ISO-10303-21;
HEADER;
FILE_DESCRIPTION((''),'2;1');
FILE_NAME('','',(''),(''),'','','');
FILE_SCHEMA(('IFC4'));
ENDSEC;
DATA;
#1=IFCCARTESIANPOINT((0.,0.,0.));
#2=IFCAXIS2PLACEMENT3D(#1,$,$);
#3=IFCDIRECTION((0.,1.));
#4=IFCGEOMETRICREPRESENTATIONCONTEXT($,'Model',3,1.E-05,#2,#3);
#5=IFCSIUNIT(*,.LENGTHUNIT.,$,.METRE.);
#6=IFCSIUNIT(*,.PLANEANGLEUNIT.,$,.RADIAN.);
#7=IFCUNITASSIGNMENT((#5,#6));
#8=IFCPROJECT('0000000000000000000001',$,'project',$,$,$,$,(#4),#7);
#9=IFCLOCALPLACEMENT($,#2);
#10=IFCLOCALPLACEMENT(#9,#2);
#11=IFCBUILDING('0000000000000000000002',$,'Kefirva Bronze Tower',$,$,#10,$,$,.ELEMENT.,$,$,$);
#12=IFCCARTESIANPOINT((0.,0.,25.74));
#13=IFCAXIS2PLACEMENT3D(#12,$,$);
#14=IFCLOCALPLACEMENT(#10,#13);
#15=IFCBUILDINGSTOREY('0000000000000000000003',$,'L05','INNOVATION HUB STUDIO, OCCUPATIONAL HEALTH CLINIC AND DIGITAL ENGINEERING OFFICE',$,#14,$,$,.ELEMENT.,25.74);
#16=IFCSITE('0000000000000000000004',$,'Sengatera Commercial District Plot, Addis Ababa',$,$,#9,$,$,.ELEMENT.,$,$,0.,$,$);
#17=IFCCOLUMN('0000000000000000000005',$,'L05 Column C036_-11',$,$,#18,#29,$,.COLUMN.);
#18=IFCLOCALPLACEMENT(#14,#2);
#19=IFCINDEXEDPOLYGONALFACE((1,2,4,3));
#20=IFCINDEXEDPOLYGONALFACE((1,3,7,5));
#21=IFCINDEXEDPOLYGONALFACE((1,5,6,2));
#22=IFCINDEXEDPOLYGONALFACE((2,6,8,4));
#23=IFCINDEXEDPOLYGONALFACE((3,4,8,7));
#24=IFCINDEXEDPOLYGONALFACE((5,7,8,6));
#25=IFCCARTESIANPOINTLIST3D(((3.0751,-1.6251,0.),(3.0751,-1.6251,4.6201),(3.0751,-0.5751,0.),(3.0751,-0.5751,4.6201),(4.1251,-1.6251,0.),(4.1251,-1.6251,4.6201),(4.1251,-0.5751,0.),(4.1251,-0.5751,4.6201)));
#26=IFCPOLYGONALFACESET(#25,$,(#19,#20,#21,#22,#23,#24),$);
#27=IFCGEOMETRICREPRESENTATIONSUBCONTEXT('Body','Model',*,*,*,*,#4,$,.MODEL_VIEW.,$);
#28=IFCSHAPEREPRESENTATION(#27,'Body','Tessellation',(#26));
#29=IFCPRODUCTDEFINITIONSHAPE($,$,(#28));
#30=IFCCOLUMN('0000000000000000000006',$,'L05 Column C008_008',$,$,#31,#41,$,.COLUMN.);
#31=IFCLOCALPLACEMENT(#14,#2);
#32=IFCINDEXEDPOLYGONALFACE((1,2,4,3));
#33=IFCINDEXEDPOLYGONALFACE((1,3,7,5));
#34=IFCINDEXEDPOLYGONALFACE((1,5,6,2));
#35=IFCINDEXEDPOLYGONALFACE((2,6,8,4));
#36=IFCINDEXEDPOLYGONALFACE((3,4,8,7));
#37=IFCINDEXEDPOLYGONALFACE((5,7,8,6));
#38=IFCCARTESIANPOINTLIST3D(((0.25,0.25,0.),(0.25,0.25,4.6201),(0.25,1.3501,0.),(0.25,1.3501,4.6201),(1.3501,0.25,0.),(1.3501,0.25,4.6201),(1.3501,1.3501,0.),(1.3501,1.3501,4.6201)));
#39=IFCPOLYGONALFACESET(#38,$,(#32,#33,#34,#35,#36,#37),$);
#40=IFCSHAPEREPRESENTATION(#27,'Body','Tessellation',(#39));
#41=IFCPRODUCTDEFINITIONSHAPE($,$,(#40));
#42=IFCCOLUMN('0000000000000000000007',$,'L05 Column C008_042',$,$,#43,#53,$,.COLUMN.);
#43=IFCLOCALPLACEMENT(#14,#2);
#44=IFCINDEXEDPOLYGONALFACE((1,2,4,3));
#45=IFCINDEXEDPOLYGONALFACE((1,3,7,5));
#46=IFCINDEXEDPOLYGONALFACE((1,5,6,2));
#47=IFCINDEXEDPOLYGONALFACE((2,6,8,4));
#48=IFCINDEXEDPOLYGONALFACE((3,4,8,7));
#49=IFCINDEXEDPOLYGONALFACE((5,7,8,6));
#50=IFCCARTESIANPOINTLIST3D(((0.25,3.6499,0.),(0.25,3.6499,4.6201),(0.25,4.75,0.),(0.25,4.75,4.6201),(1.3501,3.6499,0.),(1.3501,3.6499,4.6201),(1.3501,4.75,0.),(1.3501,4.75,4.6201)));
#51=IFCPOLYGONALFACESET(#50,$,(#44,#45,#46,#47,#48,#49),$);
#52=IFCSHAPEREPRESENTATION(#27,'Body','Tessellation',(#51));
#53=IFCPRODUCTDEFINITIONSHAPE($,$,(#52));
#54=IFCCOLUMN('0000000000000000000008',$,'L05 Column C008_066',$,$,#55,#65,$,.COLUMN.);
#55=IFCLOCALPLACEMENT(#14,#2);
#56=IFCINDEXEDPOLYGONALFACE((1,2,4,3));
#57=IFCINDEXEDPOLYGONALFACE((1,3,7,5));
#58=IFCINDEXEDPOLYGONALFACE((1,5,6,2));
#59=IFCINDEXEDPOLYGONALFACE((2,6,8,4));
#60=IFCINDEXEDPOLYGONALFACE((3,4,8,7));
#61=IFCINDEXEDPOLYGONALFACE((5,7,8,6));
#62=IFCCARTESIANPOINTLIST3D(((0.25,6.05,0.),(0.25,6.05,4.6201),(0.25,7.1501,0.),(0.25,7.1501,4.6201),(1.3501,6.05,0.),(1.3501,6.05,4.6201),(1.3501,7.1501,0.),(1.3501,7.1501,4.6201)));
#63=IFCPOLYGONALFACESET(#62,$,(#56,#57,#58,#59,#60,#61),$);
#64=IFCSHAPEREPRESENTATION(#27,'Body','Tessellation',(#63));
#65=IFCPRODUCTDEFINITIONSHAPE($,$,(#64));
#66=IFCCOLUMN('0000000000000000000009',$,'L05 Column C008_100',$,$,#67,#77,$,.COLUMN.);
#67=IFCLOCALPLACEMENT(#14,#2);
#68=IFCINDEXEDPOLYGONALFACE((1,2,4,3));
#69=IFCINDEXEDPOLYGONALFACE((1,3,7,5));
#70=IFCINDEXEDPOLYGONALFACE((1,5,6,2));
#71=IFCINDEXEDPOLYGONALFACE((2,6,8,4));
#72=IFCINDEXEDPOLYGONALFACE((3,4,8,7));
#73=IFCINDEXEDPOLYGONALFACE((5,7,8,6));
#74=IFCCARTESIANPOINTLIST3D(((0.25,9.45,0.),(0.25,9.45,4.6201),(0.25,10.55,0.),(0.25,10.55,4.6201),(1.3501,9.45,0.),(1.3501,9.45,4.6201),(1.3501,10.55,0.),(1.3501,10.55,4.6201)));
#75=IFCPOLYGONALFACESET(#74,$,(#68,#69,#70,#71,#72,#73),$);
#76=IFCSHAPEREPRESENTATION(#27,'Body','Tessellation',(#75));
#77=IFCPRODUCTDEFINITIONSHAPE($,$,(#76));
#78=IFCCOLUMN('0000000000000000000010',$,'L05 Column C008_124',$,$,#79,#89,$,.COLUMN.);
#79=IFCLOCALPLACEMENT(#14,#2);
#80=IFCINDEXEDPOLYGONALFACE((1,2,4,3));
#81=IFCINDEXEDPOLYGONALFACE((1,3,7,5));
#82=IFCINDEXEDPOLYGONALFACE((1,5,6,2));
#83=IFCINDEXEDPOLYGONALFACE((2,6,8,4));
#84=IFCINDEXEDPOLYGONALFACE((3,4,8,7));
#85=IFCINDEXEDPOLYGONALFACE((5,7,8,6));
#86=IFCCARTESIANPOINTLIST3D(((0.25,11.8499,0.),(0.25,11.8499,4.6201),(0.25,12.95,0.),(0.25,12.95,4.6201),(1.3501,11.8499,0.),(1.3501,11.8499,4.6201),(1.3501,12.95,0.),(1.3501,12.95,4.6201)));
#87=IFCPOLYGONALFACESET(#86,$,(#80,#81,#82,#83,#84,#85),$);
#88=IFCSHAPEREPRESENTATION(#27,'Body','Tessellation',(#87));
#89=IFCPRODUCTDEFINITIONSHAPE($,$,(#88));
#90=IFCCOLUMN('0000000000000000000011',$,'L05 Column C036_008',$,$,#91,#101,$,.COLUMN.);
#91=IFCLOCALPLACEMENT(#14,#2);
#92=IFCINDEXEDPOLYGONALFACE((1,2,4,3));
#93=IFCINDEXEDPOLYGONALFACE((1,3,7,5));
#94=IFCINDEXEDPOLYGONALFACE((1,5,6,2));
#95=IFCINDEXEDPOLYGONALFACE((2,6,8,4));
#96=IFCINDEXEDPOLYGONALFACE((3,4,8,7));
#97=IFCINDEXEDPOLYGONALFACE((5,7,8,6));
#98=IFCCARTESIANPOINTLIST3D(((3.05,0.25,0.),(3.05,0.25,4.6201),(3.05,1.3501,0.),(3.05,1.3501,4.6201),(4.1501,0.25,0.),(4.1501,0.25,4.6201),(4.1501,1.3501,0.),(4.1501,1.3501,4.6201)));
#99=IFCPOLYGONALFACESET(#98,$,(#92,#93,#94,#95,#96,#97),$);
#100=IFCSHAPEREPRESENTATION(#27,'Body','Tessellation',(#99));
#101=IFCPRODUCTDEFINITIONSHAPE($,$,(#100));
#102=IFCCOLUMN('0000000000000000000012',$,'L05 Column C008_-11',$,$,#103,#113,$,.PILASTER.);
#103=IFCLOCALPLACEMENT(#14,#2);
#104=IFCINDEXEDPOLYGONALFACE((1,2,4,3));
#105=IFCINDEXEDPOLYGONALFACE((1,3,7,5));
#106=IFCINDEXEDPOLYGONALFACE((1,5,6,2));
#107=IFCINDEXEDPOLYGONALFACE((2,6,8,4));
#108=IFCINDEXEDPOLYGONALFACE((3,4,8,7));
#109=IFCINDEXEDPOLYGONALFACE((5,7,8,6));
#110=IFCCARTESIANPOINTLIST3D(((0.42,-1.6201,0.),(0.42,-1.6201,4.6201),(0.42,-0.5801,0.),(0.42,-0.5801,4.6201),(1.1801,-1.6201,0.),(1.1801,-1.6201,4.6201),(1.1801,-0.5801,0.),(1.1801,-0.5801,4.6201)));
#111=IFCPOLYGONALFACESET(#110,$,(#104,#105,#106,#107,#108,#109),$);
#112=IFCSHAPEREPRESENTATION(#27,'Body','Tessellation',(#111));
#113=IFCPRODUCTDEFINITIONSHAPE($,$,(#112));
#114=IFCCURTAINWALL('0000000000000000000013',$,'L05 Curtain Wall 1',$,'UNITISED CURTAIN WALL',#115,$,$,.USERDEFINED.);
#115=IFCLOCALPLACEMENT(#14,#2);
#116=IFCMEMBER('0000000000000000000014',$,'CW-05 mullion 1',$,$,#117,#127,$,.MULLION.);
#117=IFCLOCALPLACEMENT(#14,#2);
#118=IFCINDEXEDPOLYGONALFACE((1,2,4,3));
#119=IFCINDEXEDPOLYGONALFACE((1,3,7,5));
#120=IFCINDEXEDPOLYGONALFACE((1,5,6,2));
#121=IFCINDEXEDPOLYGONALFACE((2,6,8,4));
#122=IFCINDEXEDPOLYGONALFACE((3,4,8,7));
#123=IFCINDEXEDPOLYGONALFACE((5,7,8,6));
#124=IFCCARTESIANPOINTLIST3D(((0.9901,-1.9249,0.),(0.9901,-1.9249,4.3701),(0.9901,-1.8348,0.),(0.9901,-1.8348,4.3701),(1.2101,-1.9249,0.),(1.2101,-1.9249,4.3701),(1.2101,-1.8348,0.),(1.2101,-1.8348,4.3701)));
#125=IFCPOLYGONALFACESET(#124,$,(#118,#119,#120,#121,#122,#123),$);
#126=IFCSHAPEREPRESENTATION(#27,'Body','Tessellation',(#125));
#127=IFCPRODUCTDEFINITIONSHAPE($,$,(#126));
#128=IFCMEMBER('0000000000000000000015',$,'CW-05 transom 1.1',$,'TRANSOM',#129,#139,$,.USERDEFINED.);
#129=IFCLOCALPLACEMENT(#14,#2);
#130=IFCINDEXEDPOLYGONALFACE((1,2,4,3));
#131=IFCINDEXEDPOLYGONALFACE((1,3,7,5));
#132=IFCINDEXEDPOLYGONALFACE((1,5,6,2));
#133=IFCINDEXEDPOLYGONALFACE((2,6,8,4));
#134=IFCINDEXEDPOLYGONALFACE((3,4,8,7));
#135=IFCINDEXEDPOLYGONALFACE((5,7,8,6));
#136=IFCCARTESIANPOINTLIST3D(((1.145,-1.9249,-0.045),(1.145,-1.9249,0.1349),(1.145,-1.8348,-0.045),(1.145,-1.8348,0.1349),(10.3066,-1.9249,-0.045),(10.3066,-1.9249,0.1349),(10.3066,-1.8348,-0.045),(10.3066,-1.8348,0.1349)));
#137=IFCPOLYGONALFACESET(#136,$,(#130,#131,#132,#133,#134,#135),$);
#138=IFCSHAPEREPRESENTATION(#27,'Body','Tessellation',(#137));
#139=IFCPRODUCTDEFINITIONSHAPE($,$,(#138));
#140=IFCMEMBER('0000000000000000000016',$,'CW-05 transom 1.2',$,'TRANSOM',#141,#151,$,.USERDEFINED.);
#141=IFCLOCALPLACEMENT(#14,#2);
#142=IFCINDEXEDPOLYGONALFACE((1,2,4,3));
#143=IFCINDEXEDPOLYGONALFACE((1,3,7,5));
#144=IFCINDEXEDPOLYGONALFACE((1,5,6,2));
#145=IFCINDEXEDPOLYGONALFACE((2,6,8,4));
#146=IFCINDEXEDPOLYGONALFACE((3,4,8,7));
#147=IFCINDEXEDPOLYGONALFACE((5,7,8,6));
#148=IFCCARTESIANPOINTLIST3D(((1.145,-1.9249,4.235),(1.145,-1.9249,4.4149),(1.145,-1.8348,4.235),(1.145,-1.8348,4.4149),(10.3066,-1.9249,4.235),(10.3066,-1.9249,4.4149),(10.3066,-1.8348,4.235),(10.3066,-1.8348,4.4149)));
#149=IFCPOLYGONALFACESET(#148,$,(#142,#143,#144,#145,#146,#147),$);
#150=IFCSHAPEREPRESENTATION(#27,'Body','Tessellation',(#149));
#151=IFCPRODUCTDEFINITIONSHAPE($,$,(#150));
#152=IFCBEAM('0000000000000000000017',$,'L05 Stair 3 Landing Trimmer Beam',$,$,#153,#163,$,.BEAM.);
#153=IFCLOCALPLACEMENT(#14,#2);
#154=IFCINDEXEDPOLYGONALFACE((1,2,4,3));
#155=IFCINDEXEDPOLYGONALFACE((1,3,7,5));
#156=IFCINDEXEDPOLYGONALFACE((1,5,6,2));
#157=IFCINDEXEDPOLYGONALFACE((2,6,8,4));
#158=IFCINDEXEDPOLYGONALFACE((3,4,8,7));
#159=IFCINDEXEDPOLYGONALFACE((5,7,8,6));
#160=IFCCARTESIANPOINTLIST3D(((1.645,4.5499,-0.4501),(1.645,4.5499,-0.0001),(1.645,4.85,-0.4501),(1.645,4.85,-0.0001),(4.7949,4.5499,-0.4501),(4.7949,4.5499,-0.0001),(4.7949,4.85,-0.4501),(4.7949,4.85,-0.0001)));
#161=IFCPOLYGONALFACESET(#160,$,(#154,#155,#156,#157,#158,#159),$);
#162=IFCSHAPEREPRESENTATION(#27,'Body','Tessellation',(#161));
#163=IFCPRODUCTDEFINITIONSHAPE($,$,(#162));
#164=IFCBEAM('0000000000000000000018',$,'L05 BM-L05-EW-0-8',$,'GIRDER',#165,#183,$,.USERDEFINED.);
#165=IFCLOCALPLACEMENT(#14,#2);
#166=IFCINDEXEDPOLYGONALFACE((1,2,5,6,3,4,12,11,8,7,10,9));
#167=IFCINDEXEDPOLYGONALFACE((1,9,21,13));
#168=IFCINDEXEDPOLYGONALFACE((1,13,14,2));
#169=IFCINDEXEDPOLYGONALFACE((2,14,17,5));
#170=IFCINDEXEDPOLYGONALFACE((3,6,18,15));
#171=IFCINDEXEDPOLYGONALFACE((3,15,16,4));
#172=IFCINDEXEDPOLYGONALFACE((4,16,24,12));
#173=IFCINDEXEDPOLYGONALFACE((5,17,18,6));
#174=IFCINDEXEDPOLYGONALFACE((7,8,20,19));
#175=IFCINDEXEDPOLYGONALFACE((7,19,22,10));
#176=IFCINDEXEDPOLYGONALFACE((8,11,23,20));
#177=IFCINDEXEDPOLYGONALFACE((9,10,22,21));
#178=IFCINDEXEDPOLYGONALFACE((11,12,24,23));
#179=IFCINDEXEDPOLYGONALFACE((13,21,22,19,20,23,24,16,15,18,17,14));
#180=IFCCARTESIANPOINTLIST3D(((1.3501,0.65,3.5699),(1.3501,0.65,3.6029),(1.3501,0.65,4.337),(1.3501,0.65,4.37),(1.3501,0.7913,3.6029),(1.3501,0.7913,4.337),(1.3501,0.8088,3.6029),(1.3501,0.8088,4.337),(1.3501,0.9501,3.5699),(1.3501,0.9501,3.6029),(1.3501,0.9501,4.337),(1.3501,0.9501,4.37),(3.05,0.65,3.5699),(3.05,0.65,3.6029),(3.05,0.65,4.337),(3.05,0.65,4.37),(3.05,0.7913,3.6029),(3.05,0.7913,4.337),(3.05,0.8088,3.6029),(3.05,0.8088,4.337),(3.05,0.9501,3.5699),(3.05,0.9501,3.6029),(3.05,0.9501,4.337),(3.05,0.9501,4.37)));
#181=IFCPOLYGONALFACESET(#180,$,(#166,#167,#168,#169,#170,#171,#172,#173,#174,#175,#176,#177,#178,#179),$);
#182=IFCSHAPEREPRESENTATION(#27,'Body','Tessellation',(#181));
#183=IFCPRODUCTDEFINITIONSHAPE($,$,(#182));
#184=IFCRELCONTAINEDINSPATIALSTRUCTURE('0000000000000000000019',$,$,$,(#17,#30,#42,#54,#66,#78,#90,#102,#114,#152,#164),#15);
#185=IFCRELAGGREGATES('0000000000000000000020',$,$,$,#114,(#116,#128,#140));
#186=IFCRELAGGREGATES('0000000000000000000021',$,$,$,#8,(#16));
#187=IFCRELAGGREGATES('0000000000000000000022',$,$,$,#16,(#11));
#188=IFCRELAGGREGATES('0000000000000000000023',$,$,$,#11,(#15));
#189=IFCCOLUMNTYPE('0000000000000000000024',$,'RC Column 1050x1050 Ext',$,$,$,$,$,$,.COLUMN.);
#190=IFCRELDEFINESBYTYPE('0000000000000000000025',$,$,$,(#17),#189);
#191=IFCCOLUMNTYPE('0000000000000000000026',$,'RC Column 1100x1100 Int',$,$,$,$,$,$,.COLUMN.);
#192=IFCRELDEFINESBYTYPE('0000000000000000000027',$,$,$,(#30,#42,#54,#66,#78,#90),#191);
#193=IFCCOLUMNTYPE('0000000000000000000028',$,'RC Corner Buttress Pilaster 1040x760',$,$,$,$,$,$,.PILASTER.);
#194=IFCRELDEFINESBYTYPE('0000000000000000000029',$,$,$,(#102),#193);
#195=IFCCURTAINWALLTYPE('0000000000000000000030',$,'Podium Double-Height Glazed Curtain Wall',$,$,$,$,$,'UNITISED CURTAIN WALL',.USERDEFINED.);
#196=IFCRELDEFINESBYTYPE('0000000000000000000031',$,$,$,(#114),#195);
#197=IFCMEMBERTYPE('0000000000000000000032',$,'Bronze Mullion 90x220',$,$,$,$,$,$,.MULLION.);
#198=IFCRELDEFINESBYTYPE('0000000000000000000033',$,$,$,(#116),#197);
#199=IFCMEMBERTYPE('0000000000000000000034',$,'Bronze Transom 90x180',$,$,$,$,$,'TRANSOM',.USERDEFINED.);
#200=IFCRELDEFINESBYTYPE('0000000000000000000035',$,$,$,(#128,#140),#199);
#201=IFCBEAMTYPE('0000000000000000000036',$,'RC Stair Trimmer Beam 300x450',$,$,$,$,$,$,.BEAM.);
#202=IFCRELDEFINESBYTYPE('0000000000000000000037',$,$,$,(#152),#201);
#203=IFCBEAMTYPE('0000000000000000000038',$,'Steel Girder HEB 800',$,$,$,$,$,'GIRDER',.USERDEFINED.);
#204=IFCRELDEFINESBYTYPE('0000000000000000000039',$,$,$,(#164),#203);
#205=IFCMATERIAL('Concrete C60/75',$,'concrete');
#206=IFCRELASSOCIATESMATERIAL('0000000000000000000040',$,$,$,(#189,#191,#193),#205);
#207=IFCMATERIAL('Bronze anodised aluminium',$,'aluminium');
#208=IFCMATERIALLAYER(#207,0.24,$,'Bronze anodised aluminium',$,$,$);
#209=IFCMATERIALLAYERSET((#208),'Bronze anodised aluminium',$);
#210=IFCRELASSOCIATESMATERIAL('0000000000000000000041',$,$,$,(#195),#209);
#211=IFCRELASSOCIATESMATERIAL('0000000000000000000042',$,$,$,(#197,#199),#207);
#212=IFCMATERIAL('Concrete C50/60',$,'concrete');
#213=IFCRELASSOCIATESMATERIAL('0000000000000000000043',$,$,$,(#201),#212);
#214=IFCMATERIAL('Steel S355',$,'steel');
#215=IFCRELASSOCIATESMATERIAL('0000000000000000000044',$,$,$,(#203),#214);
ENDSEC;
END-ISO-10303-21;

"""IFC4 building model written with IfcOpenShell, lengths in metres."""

from ifc_helpers import new_model, si_unit, direction, frame, origin, origin_2d, place, context, subcontext, project, spatial, rectangle, i_section, extrude, material, layer, layer_set, material_profile, profile_set, type_object, element, aggregate, save


model = new_model("IFC4")

# Units and contexts
model_context = context("Model", 3, precision=1e-05, world=origin(), true_north=direction((0.0, 1.0)))
body_context = subcontext(model_context, "Body", "Model", "MODEL_VIEW")
ifc_project = project(units=[si_unit("LENGTHUNIT", "METRE"), si_unit("PLANEANGLEUNIT", "RADIAN")], contexts=[model_context])

# Site, building, storey
site_placement = place(None, origin())
site = spatial("IfcSite", under=ifc_project, at=site_placement, Name="Sengatera Commercial District Plot, Addis Ababa", CompositionType="ELEMENT", RefElevation=0.0)
building_placement = place(site_placement, origin())
building = spatial("IfcBuilding", under=site, at=building_placement, Name="Kefirva Bronze Tower", CompositionType="ELEMENT")
storey_placement = place(building_placement, frame((0.0, 0.0, 25.74)))
storey = spatial("IfcBuildingStorey", under=building, at=storey_placement, Name="L05", Description="INNOVATION HUB STUDIO, OCCUPATIONAL HEALTH CLINIC AND DIGITAL ENGINEERING OFFICE", CompositionType="ELEMENT", Elevation=25.74)

# Columns
ifc_material_1 = material(Name="Concrete C60/75", Category="concrete")
ifc_material_profile_1 = material_profile(ifc_material_1, rectangle(XDim=1.05, YDim=1.05, at=origin_2d()), Name="RC 1050x1050")
ifc_profile_set_1 = profile_set([ifc_material_profile_1], Name="Concrete C60/75")
column_type_1 = type_object("IfcColumnType", Name="RC Column 1050x1050 Ext", PredefinedType="COLUMN", material=ifc_profile_set_1)
column_1_placement = place(storey_placement, frame((3.6001, -1.1001, 0.0), z_axis=(0.0, 0.0, 1.0), x_axis=(1.0, 0.0, 0.0)))
element("IfcColumn", 1, at=column_1_placement, inside=storey, type_object=column_type_1, Name="L05 Column C036_-11", PredefinedType="COLUMN", context=body_context, shape_type="SweptSolid", body=[
    extrude(rectangle(XDim=1.05, YDim=1.05, at=origin_2d()), origin(), (0.0, 0.0, 1.0), 4.6201),
])
ifc_material_profile_2 = material_profile(ifc_material_1, rectangle(XDim=1.1001, YDim=1.1001, at=origin_2d()), Name="RC 1100x1100")
ifc_profile_set_2 = profile_set([ifc_material_profile_2], Name="Concrete C60/75")
column_type_2 = type_object("IfcColumnType", Name="RC Column 1100x1100 Int", PredefinedType="COLUMN", material=ifc_profile_set_2)
for number, where, z_axis, x_axis, name in (
    (2, (0.8, 0.8, 0.0), (0.0, 0.0, 1.0), (1.0, 0.0, 0.0), "L05 Column C008_008"),
    (3, (0.8, 4.2, 0.0), (0.0, 0.0, 1.0), (1.0, 0.0, 0.0), "L05 Column C008_042"),
    (4, (0.8, 6.6001, 0.0), (0.0, 0.0, 1.0), (1.0, 0.0, 0.0), "L05 Column C008_066"),
    (5, (0.8, 10.0, 0.0), (0.0, 0.0, 1.0), (1.0, 0.0, 0.0), "L05 Column C008_100"),
    (6, (0.8, 12.3999, 0.0), (0.0, 0.0, 1.0), (1.0, 0.0, 0.0), "L05 Column C008_124"),
    (7, (3.6001, 0.8, 0.0), (0.0, 0.0, 1.0), (1.0, 0.0, 0.0), "L05 Column C036_008"),
):
    element("IfcColumn", number, at=place(storey_placement, frame(where, z_axis=z_axis, x_axis=x_axis)), inside=storey, type_object=column_type_2, Name=name, PredefinedType="COLUMN", context=body_context, shape_type="SweptSolid", body=[
        extrude(rectangle(XDim=1.1001, YDim=1.1001, at=origin_2d()), origin(), (0.0, 0.0, 1.0), 4.6201),
    ])
ifc_material_profile_3 = material_profile(ifc_material_1, rectangle(XDim=0.76, YDim=1.04, at=origin_2d()), Name="RC 760x1040")
ifc_profile_set_3 = profile_set([ifc_material_profile_3], Name="Concrete C60/75")
column_type_3 = type_object("IfcColumnType", Name="RC Corner Buttress Pilaster 1040x760", PredefinedType="PILASTER", material=ifc_profile_set_3)
column_2_placement = place(storey_placement, frame((0.8, -1.1001, 0.0), z_axis=(0.0, 0.0, 1.0), x_axis=(1.0, 0.0, 0.0)))
element("IfcColumn", 8, at=column_2_placement, inside=storey, type_object=column_type_3, Name="L05 Column C008_-11", PredefinedType="PILASTER", context=body_context, shape_type="SweptSolid", body=[
    extrude(rectangle(XDim=0.76, YDim=1.04, at=origin_2d()), origin(), (0.0, 0.0, 1.0), 4.6201),
])

# Curtain wall, members
ifc_material_2 = material(Name="Bronze anodised aluminium", Category="aluminium")
ifc_layer_1 = layer(ifc_material_2, 0.24, Name="Bronze anodised aluminium")
ifc_layer_set_1 = layer_set([ifc_layer_1], Name="Bronze anodised aluminium")
curtain_wall_type = type_object("IfcCurtainWallType", Name="Podium Double-Height Glazed Curtain Wall", ElementType="UNITISED CURTAIN WALL", PredefinedType="USERDEFINED", material=ifc_layer_set_1)
curtain_wall_placement = place(storey_placement, origin())
curtain_wall = element("IfcCurtainWall", 9, at=curtain_wall_placement, inside=storey, type_object=curtain_wall_type, Name="L05 Curtain Wall 1", ObjectType="UNITISED CURTAIN WALL", PredefinedType="USERDEFINED")
ifc_material_profile_4 = material_profile(ifc_material_2, rectangle(XDim=0.0901, YDim=0.22, at=origin_2d()), Name="ALU 90x220")
ifc_profile_set_4 = profile_set([ifc_material_profile_4], Name="Bronze anodised aluminium")
member_type_1 = type_object("IfcMemberType", Name="Bronze Mullion 90x220", PredefinedType="MULLION", material=ifc_profile_set_4)
member_1_placement = place(storey_placement, frame((1.1001, -1.8799, 0.0), z_axis=(0.0, 0.0, 1.0), x_axis=(0.0, 1.0, 0.0)))
member_1 = element("IfcMember", 10, at=member_1_placement, type_object=member_type_1, Name="CW-05 mullion 1", PredefinedType="MULLION", context=body_context, shape_type="SweptSolid", body=[
    extrude(rectangle(XDim=0.0901, YDim=0.22, at=origin_2d()), origin(), (0.0, 0.0, 1.0), 4.3701),
])
ifc_material_profile_5 = material_profile(ifc_material_2, rectangle(XDim=0.0901, YDim=0.1799, at=origin_2d()), Name="ALU 90x180")
ifc_profile_set_5 = profile_set([ifc_material_profile_5], Name="Bronze anodised aluminium")
member_type_2 = type_object("IfcMemberType", Name="Bronze Transom 90x180", ElementType="TRANSOM", PredefinedType="USERDEFINED", material=ifc_profile_set_5)
member_2_placement = place(storey_placement, frame((1.145, -1.8799, 0.0449), z_axis=(1.0, 0.0, 0.0), x_axis=(0.0, 1.0, 0.0)))
member_2 = element("IfcMember", 11, at=member_2_placement, type_object=member_type_2, Name="CW-05 transom 1.1", ObjectType="TRANSOM", PredefinedType="USERDEFINED", context=body_context, shape_type="SweptSolid", body=[
    extrude(rectangle(XDim=0.0901, YDim=0.1799, at=origin_2d()), origin(), (0.0, 0.0, 1.0), 9.1616),
])
member_3_placement = place(storey_placement, frame((1.145, -1.8799, 4.325), z_axis=(1.0, 0.0, 0.0), x_axis=(0.0, 1.0, 0.0)))
member_3 = element("IfcMember", 12, at=member_3_placement, type_object=member_type_2, Name="CW-05 transom 1.2", ObjectType="TRANSOM", PredefinedType="USERDEFINED", context=body_context, shape_type="SweptSolid", body=[
    extrude(rectangle(XDim=0.0901, YDim=0.1799, at=origin_2d()), origin(), (0.0, 0.0, 1.0), 9.1616),
])
aggregate(curtain_wall, [member_1, member_2, member_3])

# Beams
ifc_material_3 = material(Name="Concrete C50/60", Category="concrete")
ifc_material_profile_6 = material_profile(ifc_material_3, rectangle(XDim=0.3, YDim=0.45, at=origin_2d()), Name="RC 300x450")
ifc_profile_set_6 = profile_set([ifc_material_profile_6], Name="Concrete C50/60")
beam_type_1 = type_object("IfcBeamType", Name="RC Stair Trimmer Beam 300x450", PredefinedType="BEAM", material=ifc_profile_set_6)
beam_1_placement = place(storey_placement, frame((1.645, 4.7, -0.2251), z_axis=(1.0, 0.0, 0.0), x_axis=(0.0, 1.0, 0.0)))
element("IfcBeam", 13, at=beam_1_placement, inside=storey, type_object=beam_type_1, Name="L05 Stair 3 Landing Trimmer Beam", PredefinedType="BEAM", context=body_context, shape_type="SweptSolid", body=[
    extrude(rectangle(XDim=0.3, YDim=0.45, at=origin_2d()), origin(), (0.0, 0.0, 1.0), 3.1499),
])
ifc_material_4 = material(Name="Steel S355", Category="steel")
ifc_material_profile_7 = material_profile(ifc_material_4, i_section(OverallWidth=0.3, OverallDepth=0.8, WebThickness=0.0176, FlangeThickness=0.033, at=origin_2d()), Name="HEB 800")
ifc_profile_set_7 = profile_set([ifc_material_profile_7], Name="Steel S355")
beam_type_2 = type_object("IfcBeamType", Name="Steel Girder HEB 800", ElementType="GIRDER", PredefinedType="USERDEFINED", material=ifc_profile_set_7)
beam_2_placement = place(storey_placement, frame((1.3501, 0.8, 3.97), z_axis=(1.0, 0.0, 0.0), x_axis=(0.0, 1.0, 0.0)))
element("IfcBeam", 14, at=beam_2_placement, inside=storey, type_object=beam_type_2, Name="L05 BM-L05-EW-0-8", ObjectType="GIRDER", PredefinedType="USERDEFINED", context=body_context, shape_type="SweptSolid", body=[
    extrude(i_section(OverallWidth=0.3, OverallDepth=0.8, WebThickness=0.0176, FlangeThickness=0.033, at=origin_2d()), origin(), (0.0, 0.0, 1.0), 1.7),
])

save(model, "model.ifc")
